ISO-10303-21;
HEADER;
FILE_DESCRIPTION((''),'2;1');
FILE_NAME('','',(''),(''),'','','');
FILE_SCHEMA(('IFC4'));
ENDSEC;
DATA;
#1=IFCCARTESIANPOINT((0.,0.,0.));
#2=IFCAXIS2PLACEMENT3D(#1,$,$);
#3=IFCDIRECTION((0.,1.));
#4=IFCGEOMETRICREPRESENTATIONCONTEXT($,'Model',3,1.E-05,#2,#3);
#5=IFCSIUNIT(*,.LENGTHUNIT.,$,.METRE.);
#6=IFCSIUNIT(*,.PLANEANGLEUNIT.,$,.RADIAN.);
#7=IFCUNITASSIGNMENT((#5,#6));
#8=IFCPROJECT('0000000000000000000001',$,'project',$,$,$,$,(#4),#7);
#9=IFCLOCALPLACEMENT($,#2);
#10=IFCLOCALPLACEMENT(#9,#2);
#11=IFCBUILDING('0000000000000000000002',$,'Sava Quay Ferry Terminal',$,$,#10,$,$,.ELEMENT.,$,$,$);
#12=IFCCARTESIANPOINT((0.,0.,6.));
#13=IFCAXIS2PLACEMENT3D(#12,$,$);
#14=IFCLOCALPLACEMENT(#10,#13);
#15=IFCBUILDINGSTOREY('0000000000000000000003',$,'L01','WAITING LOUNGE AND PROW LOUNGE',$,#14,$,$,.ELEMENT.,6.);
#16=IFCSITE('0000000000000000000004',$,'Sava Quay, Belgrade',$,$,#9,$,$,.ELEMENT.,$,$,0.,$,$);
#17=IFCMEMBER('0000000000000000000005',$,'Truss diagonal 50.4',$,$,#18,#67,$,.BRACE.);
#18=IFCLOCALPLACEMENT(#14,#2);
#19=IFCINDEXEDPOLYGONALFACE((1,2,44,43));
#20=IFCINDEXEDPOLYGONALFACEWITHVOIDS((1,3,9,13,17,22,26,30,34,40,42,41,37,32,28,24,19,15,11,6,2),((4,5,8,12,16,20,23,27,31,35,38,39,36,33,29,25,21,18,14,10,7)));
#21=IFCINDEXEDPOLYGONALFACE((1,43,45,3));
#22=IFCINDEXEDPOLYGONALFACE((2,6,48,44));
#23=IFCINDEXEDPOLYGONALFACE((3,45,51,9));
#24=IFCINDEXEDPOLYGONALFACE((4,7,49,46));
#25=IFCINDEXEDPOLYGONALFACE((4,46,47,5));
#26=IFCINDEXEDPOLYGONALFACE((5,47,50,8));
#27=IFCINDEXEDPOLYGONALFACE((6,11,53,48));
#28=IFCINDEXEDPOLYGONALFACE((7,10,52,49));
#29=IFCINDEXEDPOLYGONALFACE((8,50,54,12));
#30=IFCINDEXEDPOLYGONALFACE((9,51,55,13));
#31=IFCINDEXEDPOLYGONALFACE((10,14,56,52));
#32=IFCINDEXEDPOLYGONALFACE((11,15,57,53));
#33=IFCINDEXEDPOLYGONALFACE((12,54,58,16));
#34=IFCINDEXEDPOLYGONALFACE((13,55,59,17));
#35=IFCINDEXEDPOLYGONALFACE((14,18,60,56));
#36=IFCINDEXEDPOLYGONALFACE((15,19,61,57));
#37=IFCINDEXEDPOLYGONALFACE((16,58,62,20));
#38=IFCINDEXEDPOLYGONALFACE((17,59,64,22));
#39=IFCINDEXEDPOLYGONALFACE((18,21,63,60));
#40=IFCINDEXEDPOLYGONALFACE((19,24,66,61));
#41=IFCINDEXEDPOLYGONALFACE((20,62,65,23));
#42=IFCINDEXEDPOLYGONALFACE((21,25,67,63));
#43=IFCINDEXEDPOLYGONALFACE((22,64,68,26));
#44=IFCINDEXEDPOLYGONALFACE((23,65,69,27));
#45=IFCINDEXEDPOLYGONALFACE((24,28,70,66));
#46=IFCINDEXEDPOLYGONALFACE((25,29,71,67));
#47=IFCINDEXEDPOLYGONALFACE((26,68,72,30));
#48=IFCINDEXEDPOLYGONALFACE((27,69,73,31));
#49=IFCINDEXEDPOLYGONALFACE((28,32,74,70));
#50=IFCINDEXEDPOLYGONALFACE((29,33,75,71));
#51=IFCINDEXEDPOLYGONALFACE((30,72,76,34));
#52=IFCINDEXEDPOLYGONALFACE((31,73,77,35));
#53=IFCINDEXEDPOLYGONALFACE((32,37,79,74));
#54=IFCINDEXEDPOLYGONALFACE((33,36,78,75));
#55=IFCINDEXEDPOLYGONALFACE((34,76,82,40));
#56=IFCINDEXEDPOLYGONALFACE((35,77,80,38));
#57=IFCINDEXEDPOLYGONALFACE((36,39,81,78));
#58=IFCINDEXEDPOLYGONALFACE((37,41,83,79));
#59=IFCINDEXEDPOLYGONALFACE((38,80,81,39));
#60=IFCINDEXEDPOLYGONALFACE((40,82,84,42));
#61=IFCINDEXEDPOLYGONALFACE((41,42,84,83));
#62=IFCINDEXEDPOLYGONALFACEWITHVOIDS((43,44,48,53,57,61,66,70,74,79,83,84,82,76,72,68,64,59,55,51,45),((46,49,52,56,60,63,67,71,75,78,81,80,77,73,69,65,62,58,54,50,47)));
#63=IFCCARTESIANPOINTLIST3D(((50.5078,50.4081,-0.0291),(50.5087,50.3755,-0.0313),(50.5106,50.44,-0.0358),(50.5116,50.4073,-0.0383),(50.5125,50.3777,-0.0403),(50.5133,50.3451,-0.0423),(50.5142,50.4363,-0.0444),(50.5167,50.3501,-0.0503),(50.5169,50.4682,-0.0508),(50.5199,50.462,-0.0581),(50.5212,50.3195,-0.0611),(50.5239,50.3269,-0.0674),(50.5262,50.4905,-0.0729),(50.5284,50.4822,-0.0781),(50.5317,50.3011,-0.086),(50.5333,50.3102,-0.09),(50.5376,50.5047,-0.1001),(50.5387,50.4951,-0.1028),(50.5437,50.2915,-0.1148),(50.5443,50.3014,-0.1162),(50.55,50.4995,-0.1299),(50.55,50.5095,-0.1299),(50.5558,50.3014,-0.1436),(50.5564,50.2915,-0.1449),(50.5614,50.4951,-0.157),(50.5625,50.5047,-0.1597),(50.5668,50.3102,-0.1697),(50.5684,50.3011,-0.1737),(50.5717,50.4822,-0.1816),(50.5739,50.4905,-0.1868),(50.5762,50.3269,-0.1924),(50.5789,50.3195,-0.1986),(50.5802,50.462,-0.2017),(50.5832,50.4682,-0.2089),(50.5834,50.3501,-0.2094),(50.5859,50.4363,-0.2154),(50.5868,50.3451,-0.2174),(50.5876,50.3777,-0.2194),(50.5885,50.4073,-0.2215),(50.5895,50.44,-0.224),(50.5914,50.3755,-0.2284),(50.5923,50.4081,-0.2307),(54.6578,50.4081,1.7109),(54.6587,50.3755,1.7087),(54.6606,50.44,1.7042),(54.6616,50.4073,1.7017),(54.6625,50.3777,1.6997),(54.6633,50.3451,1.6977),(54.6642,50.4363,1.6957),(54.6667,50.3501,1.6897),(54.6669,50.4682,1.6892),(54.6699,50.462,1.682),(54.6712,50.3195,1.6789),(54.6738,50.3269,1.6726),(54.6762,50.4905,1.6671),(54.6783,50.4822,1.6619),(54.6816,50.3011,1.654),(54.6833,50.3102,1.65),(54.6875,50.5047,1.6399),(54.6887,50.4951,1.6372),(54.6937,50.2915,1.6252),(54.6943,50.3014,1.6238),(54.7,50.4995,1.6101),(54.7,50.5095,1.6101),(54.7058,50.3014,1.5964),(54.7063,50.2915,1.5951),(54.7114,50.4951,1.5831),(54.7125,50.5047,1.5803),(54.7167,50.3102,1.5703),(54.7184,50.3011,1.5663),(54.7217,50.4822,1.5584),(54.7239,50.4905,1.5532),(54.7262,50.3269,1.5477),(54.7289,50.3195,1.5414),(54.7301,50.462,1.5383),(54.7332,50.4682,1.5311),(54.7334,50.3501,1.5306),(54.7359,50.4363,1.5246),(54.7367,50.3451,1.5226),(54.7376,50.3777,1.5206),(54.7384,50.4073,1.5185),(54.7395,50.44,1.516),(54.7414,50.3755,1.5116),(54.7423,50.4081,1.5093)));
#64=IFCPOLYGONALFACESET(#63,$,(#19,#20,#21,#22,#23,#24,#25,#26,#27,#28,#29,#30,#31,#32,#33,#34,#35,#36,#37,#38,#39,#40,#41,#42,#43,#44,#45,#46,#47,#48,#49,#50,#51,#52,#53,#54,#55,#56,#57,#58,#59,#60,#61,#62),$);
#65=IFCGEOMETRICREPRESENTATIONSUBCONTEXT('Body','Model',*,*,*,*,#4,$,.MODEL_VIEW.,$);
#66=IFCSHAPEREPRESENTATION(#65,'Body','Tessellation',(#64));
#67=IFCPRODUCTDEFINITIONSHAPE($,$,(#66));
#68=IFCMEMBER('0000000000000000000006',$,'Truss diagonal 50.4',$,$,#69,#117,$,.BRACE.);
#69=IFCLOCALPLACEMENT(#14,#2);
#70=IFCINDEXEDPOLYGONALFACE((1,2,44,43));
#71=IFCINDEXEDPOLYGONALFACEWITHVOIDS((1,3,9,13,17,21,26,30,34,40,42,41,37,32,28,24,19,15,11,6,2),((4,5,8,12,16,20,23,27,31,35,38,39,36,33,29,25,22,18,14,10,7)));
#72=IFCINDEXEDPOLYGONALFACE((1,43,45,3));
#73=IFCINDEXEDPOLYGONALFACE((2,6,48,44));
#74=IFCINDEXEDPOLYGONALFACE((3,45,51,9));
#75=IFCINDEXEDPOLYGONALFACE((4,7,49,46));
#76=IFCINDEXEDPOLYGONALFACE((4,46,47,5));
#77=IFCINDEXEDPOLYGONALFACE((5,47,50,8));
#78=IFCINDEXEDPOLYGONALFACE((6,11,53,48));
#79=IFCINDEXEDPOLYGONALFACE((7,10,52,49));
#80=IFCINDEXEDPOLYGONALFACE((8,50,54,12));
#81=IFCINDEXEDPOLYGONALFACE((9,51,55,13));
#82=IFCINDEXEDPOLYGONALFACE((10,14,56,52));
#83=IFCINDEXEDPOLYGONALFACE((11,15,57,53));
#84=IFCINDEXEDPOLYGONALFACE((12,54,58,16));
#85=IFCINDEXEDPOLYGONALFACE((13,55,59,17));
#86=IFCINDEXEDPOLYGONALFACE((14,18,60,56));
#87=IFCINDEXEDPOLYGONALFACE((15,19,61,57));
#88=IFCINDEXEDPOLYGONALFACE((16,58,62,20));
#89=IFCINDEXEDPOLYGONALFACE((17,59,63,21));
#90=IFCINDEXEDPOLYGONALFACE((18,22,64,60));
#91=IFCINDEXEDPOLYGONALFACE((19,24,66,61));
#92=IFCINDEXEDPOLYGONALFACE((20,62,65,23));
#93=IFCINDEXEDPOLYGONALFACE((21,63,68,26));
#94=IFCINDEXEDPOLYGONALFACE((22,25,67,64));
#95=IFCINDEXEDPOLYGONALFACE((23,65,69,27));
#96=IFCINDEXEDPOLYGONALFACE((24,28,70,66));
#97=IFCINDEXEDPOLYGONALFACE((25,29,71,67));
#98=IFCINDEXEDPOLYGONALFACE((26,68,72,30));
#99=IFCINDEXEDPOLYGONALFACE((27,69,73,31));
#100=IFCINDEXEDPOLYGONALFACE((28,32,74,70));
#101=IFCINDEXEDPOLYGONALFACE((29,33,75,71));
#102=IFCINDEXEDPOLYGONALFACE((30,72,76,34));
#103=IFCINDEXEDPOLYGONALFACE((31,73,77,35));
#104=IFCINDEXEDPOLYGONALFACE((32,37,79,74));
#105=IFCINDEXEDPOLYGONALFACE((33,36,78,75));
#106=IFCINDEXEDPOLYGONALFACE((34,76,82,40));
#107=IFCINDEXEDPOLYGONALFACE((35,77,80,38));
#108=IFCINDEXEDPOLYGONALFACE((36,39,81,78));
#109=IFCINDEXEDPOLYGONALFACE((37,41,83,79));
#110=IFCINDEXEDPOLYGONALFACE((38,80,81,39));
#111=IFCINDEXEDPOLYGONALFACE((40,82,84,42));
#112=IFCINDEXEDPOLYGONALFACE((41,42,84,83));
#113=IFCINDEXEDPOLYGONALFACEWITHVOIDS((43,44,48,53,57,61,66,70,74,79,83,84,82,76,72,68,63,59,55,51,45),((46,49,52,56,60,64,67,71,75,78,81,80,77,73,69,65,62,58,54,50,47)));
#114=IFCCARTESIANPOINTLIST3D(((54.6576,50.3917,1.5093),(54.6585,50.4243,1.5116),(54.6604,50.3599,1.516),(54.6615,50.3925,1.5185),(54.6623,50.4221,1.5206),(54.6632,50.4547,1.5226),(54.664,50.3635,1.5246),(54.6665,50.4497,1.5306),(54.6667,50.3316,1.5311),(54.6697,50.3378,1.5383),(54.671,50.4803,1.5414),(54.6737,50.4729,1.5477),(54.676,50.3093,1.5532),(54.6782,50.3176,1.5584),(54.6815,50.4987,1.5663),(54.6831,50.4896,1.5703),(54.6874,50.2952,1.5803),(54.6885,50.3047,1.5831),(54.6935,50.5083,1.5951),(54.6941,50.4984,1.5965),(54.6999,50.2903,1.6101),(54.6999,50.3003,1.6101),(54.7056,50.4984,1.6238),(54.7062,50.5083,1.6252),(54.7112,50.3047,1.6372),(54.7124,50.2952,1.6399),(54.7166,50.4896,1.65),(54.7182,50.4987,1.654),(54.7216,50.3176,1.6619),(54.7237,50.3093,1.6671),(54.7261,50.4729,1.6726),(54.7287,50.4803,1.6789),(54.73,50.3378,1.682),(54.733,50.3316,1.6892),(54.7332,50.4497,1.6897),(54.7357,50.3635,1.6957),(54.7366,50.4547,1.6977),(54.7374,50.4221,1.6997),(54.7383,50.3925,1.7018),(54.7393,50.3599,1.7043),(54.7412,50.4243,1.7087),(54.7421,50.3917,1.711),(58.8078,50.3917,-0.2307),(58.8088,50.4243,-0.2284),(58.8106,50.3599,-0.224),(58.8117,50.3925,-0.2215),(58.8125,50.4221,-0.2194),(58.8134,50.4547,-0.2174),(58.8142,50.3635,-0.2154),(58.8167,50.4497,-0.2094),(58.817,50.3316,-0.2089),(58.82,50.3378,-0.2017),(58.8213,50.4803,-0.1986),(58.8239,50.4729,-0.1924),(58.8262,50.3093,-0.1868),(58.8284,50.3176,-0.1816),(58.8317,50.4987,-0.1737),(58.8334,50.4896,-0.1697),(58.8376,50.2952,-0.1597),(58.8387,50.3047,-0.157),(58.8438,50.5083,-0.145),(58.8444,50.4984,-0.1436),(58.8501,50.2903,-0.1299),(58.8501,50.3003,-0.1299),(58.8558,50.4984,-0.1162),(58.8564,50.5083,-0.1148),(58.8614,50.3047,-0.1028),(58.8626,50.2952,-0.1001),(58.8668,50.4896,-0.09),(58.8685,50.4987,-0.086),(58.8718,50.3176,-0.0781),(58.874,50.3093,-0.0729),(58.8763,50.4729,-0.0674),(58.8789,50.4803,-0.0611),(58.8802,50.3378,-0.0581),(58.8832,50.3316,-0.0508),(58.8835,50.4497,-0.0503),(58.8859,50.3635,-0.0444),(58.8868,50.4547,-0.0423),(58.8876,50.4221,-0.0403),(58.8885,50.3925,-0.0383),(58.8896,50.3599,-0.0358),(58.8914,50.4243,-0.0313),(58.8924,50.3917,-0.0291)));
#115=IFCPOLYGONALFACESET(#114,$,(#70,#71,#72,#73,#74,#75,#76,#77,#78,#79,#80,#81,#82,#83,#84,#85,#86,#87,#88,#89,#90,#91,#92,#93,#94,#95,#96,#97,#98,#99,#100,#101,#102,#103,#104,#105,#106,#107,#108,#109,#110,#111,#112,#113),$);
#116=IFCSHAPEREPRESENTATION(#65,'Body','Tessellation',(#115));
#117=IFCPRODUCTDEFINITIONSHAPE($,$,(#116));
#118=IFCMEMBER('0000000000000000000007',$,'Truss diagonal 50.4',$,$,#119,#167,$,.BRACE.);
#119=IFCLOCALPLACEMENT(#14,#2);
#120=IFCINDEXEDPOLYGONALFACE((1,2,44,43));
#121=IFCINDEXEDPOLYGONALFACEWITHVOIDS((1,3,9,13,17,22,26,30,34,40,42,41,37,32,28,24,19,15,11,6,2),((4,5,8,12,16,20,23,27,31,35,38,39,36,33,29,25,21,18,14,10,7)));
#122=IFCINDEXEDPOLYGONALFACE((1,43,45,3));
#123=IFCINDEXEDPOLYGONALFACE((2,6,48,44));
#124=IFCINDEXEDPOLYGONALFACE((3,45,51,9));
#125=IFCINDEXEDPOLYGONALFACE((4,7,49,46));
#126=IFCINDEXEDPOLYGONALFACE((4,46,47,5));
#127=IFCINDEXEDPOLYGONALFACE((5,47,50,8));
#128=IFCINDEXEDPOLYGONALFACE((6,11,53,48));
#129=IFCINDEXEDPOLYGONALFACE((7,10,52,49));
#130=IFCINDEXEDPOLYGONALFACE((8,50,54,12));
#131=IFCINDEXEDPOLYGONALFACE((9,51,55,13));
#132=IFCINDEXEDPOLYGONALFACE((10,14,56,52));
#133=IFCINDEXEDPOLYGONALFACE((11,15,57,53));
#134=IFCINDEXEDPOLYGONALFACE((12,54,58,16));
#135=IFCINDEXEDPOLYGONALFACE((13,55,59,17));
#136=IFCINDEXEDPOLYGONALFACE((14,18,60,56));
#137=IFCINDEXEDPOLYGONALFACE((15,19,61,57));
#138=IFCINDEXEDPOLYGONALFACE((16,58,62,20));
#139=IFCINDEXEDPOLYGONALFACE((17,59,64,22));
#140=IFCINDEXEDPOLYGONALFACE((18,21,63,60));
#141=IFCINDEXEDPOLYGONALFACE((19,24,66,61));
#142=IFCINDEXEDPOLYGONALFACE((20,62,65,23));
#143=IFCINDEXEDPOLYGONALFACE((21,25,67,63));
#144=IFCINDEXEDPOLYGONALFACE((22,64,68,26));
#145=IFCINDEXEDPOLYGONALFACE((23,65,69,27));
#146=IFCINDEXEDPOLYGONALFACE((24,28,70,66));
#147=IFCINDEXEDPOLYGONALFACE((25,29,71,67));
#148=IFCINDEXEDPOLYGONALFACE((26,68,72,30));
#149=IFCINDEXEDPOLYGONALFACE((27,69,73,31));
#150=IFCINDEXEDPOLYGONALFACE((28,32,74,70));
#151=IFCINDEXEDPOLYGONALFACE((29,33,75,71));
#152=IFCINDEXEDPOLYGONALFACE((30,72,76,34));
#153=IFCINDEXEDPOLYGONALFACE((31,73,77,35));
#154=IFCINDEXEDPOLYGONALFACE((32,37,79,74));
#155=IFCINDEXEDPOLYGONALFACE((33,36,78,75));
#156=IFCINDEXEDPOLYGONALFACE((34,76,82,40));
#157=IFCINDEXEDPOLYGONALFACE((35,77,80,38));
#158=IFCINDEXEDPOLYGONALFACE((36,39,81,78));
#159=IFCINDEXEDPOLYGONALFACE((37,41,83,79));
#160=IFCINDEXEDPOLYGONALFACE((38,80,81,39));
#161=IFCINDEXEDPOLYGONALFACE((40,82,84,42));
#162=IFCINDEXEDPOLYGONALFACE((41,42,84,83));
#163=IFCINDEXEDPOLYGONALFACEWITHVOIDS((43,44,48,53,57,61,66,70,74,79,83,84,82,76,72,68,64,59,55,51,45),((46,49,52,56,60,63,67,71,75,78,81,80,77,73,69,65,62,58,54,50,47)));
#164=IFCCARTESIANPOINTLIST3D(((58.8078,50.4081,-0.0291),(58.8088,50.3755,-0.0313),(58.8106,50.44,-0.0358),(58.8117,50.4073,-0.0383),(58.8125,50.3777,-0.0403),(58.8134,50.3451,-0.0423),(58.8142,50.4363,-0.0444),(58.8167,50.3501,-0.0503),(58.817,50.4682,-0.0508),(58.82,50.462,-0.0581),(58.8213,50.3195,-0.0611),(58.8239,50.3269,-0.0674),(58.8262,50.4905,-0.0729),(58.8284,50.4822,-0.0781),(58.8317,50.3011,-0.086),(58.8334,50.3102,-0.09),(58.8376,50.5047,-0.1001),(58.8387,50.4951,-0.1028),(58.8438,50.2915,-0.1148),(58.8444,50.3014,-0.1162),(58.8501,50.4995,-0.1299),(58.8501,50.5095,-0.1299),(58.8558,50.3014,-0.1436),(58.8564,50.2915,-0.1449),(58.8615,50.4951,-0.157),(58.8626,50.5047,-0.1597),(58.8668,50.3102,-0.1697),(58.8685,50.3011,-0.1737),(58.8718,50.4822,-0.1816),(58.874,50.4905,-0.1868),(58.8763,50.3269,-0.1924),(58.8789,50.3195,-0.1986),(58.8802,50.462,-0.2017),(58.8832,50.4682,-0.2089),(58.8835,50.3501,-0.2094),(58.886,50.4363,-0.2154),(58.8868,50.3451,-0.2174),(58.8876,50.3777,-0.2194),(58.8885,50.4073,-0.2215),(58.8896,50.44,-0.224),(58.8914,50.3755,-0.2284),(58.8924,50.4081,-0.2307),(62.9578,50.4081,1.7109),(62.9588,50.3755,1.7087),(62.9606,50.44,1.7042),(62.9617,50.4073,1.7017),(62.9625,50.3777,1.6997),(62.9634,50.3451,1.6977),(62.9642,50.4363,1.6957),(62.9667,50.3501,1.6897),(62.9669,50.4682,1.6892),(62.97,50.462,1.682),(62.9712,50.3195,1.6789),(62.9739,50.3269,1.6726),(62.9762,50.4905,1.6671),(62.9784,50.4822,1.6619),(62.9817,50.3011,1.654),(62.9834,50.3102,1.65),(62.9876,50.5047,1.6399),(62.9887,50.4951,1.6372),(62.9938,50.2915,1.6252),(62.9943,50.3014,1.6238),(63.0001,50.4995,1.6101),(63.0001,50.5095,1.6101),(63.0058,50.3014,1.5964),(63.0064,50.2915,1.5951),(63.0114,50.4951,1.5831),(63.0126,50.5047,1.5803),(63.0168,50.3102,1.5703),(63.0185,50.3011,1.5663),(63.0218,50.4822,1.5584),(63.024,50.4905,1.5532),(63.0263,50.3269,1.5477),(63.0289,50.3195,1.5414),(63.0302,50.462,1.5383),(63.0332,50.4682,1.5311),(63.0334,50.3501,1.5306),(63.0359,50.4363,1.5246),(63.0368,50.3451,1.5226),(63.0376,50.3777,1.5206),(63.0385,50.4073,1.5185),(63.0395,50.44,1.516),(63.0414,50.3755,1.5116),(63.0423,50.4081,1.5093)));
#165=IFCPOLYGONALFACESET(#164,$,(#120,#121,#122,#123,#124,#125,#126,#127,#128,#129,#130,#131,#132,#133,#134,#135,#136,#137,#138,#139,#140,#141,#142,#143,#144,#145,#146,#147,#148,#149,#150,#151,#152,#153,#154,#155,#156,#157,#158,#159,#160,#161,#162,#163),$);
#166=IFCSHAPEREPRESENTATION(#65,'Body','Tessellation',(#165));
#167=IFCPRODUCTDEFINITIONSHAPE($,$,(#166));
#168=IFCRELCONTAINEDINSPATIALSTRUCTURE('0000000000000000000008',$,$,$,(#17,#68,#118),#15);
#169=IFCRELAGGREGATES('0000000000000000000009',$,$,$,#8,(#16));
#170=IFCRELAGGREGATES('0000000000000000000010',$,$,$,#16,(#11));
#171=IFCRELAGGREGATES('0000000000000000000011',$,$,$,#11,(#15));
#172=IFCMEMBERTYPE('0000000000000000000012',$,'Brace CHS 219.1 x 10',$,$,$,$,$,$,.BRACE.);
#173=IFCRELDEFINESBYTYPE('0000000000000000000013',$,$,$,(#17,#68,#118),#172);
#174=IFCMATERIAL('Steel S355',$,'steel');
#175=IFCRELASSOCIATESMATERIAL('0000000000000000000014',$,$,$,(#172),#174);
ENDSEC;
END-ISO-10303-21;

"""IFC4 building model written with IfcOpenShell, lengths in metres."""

from ifc_helpers import new_model, si_unit, direction, frame, origin, origin_2d, place, context, subcontext, project, spatial, hollow_circle, extrude, material, material_profile, profile_set, type_object, element, save


model = new_model("IFC4")

# Units and contexts
model_context = context("Model", 3, precision=1e-05, world=origin(), true_north=direction((0.0, 1.0)))
body_context = subcontext(model_context, "Body", "Model", "MODEL_VIEW")
ifc_project = project(units=[si_unit("LENGTHUNIT", "METRE"), si_unit("PLANEANGLEUNIT", "RADIAN")], contexts=[model_context])

# Site, building, storey
site_placement = place(None, origin())
site = spatial("IfcSite", under=ifc_project, at=site_placement, Name="Sava Quay, Belgrade", CompositionType="ELEMENT", RefElevation=0.0)
building_placement = place(site_placement, origin())
building = spatial("IfcBuilding", under=site, at=building_placement, Name="Sava Quay Ferry Terminal", CompositionType="ELEMENT")
storey_placement = place(building_placement, frame((0.0, 0.0, 6.0)))
storey = spatial("IfcBuildingStorey", under=building, at=storey_placement, Name="L01", Description="WAITING LOUNGE AND PROW LOUNGE", CompositionType="ELEMENT", Elevation=6.0)

# Members
ifc_material_1 = material(Name="Steel S355", Category="steel")
ifc_material_profile_1 = material_profile(ifc_material_1, hollow_circle(Radius=0.1096, WallThickness=0.01, at=origin_2d()), Name="CHS 219.1 x 10")
ifc_profile_set_1 = profile_set([ifc_material_profile_1], Name="Steel S355")
member_type_1 = type_object("IfcMemberType", Name="Brace CHS 219.1 x 10", PredefinedType="BRACE", material=ifc_profile_set_1)
member_1_placement = place(storey_placement, frame((50.55, 50.3999, -0.1299), z_axis=(0.922217, 0.0, 0.386672), x_axis=(0.0, 1.0, 0.0)))
element("IfcMember", 1, at=member_1_placement, inside=storey, type_object=member_type_1, Name="Truss diagonal 50.4", PredefinedType="BRACE", context=body_context, shape_type="SweptSolid", body=[
    extrude(hollow_circle(Radius=0.1096, WallThickness=0.01, at=origin_2d()), origin(), (0.0, 0.0, 1.0), 4.5),
])
member_2_placement = place(storey_placement, frame((58.8501, 50.3999, -0.1299), z_axis=(-0.922226, 0.0, 0.386652), x_axis=(0.0, -1.0, 0.0)))
element("IfcMember", 2, at=member_2_placement, inside=storey, type_object=member_type_1, Name="Truss diagonal 50.4", PredefinedType="BRACE", context=body_context, shape_type="SweptSolid", body=[
    extrude(hollow_circle(Radius=0.1096, WallThickness=0.01, at=origin_2d()), origin(), (0.0, 0.0, 1.0), 4.5002),
])
for number, where, z_axis, x_axis, name in (
    (3, (58.8501, 50.3999, -0.1299), (0.922217, 0.0, 0.386672), (0.0, 1.0, 0.0), "Truss diagonal 50.4"),
):
    element("IfcMember", number, at=place(storey_placement, frame(where, z_axis=z_axis, x_axis=x_axis)), inside=storey, type_object=member_type_1, Name=name, PredefinedType="BRACE", context=body_context, shape_type="SweptSolid", body=[
        extrude(hollow_circle(Radius=0.1096, WallThickness=0.01, at=origin_2d()), origin(), (0.0, 0.0, 1.0), 4.5),
    ])

save(model, "model.ifc")
